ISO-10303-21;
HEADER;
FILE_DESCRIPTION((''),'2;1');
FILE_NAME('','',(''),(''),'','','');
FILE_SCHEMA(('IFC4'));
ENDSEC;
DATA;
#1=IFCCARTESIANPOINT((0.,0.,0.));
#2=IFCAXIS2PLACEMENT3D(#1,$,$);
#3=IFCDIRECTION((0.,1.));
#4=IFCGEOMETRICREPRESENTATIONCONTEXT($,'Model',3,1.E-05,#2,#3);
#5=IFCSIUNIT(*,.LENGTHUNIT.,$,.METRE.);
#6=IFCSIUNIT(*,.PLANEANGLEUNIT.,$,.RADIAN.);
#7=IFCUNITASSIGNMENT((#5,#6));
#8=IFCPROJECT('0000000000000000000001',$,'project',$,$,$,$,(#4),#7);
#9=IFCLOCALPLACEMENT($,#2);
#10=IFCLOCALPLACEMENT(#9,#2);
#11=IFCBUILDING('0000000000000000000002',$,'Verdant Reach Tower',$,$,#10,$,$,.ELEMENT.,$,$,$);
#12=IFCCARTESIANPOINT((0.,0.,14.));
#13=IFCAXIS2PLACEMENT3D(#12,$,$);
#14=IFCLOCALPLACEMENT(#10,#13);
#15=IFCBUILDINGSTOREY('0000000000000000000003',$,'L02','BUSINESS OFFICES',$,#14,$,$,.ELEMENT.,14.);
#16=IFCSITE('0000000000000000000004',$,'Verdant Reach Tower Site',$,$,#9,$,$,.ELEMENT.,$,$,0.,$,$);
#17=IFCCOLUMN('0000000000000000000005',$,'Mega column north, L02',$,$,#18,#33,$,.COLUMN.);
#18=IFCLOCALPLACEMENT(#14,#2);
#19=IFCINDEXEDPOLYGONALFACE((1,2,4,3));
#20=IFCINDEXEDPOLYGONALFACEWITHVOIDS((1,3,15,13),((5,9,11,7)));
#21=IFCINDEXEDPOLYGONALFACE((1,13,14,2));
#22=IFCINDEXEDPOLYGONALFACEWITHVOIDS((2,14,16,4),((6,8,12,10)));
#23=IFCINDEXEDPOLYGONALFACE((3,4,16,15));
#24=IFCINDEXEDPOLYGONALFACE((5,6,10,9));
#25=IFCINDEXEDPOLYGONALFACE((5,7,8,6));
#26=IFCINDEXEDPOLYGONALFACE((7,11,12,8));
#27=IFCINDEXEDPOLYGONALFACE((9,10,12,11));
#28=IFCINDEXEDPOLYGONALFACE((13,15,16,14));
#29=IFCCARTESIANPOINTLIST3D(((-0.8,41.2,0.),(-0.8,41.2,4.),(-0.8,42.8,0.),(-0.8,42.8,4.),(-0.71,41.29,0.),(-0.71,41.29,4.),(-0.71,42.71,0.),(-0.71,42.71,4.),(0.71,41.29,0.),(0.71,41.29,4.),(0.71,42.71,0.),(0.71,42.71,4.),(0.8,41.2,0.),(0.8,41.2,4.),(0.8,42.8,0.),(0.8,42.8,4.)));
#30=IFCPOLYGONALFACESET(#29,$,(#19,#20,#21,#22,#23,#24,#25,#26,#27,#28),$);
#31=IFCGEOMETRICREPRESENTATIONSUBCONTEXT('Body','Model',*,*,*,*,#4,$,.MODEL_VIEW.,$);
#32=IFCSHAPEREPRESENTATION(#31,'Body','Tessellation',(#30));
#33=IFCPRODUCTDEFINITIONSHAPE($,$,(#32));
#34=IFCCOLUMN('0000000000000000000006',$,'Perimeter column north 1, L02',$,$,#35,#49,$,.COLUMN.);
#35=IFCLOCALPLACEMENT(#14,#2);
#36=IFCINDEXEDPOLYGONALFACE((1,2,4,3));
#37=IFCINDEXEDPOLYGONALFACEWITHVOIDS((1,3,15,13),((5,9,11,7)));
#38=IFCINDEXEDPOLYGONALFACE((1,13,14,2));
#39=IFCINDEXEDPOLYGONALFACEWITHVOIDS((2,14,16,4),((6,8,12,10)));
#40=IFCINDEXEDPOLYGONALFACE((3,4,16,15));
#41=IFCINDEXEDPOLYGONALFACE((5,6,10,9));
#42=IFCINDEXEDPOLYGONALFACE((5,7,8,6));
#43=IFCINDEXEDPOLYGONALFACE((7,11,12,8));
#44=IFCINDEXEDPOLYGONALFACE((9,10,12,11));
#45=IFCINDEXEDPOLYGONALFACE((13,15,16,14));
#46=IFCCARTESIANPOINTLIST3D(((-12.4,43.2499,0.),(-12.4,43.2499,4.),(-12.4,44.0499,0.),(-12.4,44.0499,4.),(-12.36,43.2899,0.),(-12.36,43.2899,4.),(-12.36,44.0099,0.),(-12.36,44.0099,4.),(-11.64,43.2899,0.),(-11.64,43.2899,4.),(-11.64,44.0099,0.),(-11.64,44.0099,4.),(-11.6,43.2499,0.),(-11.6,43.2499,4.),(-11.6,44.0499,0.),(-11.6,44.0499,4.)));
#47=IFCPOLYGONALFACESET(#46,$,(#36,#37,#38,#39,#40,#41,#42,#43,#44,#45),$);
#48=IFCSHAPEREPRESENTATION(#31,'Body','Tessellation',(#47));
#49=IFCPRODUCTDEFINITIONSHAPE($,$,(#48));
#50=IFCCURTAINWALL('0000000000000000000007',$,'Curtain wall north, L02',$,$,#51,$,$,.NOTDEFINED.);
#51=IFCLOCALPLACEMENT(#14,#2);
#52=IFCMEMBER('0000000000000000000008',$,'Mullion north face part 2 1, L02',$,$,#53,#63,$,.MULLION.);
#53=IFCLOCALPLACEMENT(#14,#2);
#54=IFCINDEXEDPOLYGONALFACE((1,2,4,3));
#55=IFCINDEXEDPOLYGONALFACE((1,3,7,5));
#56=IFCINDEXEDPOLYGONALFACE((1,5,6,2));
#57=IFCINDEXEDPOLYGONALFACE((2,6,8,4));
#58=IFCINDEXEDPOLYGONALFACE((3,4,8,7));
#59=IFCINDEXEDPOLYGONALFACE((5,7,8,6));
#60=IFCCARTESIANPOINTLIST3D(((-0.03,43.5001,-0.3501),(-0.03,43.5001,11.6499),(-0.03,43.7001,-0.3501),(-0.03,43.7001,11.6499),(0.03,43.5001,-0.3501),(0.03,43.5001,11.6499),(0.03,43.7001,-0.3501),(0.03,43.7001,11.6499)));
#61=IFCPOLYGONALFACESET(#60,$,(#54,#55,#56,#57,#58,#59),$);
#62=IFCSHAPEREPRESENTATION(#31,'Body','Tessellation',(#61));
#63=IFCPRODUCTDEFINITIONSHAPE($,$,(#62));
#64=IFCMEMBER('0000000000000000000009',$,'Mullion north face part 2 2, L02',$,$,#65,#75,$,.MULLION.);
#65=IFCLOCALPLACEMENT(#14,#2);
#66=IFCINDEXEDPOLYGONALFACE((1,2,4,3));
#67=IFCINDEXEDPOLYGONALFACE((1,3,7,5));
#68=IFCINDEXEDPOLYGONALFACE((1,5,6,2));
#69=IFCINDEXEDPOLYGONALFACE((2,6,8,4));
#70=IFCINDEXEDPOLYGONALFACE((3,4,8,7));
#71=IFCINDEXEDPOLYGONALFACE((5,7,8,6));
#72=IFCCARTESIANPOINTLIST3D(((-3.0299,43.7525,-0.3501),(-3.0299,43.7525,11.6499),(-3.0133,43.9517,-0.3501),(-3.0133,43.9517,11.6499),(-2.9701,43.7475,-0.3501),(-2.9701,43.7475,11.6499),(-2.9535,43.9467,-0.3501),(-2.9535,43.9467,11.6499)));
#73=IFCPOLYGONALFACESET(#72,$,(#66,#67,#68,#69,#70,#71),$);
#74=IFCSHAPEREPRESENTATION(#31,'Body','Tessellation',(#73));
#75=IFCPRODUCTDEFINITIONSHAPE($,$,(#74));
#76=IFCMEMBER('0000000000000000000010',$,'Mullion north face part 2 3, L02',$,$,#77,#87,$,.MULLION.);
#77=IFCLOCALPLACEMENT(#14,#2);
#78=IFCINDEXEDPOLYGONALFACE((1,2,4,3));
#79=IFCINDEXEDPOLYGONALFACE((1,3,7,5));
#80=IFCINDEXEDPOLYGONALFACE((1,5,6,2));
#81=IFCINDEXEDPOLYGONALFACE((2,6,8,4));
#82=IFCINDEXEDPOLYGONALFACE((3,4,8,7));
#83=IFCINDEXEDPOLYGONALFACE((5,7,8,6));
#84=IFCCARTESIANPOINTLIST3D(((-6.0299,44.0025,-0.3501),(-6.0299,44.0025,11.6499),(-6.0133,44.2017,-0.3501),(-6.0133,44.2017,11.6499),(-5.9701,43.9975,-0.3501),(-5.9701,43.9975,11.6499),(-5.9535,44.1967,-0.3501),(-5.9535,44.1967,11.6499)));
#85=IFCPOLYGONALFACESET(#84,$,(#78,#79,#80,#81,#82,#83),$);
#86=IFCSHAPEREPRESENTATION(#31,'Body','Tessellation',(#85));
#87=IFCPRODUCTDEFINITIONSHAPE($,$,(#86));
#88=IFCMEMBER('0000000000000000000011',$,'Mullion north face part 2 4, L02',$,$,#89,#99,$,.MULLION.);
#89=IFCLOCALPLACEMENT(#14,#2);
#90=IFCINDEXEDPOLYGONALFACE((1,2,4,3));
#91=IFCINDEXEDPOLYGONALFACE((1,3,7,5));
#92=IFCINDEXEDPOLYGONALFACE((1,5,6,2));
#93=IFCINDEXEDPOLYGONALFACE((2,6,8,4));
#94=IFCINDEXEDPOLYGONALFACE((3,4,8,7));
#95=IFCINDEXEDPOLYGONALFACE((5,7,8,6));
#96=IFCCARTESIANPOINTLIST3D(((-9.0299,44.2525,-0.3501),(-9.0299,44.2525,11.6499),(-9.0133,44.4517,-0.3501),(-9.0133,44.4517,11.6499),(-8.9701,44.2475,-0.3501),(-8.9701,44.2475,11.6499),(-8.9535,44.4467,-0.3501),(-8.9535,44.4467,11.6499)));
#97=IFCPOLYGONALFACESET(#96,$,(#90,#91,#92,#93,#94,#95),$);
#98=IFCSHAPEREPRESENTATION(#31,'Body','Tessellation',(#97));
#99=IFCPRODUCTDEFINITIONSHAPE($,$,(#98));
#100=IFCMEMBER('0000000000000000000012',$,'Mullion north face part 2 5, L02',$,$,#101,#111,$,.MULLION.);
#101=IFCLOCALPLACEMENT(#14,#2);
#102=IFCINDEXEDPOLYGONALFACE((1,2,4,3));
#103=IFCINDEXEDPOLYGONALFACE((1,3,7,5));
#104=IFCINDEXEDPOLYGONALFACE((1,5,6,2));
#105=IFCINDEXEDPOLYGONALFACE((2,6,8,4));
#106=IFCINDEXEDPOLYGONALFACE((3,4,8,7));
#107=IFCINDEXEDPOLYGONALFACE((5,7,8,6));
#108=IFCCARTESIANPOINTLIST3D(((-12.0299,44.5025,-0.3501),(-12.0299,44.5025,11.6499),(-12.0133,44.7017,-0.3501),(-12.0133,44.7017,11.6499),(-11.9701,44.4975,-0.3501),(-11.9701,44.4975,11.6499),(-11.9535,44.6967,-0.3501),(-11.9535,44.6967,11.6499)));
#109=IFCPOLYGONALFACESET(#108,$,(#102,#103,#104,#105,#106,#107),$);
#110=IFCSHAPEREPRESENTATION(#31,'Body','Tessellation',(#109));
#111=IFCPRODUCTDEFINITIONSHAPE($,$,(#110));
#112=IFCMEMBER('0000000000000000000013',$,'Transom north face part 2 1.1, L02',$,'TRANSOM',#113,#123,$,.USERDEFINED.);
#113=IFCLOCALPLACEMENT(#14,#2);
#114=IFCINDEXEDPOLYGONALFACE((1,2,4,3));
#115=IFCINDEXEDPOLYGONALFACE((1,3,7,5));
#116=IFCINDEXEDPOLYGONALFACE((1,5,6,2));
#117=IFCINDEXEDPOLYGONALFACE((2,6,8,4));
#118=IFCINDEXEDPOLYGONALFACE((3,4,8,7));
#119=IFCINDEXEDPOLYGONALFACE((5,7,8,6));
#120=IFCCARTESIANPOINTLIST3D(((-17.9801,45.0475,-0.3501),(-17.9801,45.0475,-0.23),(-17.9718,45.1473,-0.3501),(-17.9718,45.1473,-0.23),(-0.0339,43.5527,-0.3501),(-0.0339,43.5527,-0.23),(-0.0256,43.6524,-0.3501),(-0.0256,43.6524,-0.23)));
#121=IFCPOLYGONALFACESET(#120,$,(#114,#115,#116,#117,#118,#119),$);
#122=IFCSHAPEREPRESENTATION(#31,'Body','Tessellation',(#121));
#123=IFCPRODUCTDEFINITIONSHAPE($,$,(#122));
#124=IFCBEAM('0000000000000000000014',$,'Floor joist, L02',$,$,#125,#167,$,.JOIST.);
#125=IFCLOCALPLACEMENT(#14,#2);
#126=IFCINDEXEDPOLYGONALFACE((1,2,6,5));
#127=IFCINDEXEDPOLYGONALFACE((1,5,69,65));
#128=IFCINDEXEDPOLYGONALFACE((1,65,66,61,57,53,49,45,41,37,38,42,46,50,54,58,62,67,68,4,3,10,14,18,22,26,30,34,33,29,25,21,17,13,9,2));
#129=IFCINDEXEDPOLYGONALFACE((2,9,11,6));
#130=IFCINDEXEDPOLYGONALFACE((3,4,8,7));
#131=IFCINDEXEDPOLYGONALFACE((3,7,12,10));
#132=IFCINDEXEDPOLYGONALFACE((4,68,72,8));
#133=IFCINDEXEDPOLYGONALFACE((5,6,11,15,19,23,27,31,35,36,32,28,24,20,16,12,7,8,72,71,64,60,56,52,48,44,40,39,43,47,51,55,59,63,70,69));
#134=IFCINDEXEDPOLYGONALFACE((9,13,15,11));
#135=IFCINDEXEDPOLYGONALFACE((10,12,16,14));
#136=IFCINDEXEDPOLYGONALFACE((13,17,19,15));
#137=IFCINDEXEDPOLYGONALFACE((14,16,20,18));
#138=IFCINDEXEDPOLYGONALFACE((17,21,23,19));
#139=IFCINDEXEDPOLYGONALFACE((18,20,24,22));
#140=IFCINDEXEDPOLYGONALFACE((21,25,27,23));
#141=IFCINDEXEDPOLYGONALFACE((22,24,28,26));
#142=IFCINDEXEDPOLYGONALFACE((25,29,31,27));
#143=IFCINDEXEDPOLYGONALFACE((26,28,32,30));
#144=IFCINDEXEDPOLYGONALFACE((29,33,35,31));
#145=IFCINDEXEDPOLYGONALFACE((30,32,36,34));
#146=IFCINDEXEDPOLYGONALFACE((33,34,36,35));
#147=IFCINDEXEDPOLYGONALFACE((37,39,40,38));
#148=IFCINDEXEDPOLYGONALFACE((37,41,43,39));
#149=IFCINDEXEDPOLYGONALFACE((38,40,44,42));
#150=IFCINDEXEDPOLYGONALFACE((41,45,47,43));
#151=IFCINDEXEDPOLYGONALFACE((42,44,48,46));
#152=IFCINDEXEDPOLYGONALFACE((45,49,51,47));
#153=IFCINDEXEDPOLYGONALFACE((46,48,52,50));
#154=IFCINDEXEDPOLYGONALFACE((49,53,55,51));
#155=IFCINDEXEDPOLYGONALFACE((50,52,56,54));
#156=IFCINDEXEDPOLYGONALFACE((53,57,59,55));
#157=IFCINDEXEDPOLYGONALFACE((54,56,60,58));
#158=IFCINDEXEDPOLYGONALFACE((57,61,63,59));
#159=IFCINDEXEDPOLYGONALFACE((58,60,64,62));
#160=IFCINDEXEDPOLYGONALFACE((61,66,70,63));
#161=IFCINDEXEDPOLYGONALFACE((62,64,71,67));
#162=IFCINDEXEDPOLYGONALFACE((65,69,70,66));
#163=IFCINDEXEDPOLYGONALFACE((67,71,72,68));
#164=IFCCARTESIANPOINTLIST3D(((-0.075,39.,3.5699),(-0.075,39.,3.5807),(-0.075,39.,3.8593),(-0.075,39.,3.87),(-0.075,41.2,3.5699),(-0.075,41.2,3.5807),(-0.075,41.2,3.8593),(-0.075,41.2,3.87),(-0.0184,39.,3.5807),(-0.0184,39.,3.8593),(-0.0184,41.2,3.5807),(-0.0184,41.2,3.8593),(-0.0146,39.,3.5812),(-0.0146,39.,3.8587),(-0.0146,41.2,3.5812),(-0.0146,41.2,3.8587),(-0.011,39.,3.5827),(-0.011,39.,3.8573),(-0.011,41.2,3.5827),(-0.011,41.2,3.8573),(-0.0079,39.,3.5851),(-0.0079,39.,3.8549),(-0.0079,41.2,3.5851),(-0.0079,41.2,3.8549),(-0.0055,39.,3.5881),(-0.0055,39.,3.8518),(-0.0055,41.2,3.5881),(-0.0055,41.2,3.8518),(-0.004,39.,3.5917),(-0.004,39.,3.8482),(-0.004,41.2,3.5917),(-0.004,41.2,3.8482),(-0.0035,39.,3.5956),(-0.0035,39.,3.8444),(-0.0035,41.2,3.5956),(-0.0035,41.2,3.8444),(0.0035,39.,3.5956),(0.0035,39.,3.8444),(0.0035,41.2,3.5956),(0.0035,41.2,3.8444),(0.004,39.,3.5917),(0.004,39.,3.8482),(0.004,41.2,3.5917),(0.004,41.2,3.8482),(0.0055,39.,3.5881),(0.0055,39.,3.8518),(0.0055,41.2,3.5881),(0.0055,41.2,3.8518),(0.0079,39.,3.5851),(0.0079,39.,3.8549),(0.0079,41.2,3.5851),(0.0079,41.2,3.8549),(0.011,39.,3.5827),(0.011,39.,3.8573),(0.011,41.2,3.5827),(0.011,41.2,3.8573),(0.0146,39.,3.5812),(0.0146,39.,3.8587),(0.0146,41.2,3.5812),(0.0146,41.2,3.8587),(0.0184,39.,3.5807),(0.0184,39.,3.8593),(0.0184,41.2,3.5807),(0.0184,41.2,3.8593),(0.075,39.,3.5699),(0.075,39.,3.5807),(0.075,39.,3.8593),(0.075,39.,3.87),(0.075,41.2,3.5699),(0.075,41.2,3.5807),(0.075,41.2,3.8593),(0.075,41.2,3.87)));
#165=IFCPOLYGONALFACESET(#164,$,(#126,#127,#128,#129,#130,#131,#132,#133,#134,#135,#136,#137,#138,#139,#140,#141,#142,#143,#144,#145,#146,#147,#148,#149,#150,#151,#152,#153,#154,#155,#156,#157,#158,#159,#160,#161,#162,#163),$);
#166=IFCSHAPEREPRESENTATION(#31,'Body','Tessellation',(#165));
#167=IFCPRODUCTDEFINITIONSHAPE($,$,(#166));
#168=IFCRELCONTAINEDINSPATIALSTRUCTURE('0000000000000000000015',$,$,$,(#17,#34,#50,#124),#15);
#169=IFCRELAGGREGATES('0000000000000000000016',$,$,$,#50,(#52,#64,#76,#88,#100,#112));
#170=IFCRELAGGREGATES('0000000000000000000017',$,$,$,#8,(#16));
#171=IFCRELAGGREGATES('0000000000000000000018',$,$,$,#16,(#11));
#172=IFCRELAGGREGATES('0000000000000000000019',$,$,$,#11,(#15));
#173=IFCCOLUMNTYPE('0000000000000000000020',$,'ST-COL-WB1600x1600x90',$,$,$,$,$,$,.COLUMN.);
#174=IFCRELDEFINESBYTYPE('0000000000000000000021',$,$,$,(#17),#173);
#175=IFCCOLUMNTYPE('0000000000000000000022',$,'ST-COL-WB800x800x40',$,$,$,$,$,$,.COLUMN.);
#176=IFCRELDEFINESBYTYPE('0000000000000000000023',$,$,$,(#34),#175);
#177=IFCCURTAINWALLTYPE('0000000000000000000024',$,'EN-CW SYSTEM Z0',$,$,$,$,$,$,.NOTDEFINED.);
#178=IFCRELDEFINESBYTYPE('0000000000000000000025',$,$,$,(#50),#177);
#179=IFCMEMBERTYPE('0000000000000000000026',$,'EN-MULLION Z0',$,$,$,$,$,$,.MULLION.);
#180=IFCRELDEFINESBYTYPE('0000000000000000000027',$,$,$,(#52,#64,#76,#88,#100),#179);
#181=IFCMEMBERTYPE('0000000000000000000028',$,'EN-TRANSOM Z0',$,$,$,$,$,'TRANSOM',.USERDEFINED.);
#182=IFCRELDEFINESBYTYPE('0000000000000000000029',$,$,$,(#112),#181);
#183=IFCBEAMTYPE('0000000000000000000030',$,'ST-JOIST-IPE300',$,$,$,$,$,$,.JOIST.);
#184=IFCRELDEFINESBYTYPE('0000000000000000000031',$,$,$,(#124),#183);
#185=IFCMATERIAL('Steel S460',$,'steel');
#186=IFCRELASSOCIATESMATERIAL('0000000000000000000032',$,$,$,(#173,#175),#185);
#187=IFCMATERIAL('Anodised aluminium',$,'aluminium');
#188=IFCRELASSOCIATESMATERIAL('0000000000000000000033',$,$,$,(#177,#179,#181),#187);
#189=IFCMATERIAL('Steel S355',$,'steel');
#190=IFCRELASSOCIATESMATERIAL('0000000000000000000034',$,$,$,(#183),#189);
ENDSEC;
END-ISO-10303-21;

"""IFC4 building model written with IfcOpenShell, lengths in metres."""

from ifc_helpers import new_model, si_unit, direction, frame, origin, origin_2d, place, context, subcontext, project, spatial, rectangle, hollow_rectangle, i_section, extrude, material, material_profile, profile_set, type_object, element, aggregate, save


model = new_model("IFC4")

# Units and contexts
model_context = context("Model", 3, precision=1e-05, world=origin(), true_north=direction((0.0, 1.0)))
body_context = subcontext(model_context, "Body", "Model", "MODEL_VIEW")
ifc_project = project(units=[si_unit("LENGTHUNIT", "METRE"), si_unit("PLANEANGLEUNIT", "RADIAN")], contexts=[model_context])

# Site, building, storey
site_placement = place(None, origin())
site = spatial("IfcSite", under=ifc_project, at=site_placement, Name="Verdant Reach Tower Site", CompositionType="ELEMENT", RefElevation=0.0)
building_placement = place(site_placement, origin())
building = spatial("IfcBuilding", under=site, at=building_placement, Name="Verdant Reach Tower", CompositionType="ELEMENT")
storey_placement = place(building_placement, frame((0.0, 0.0, 14.0)))
storey = spatial("IfcBuildingStorey", under=building, at=storey_placement, Name="L02", Description="BUSINESS OFFICES", CompositionType="ELEMENT", Elevation=14.0)

# Columns
ifc_material_1 = material(Name="Steel S460", Category="steel")
ifc_material_profile_1 = material_profile(ifc_material_1, hollow_rectangle(XDim=1.6001, YDim=1.6001, WallThickness=0.0901, at=origin_2d()), Name="WB 1600x1600x90")
ifc_profile_set_1 = profile_set([ifc_material_profile_1], Name="Steel S460")
column_type_1 = type_object("IfcColumnType", Name="ST-COL-WB1600x1600x90", PredefinedType="COLUMN", material=ifc_profile_set_1)
column_1_placement = place(storey_placement, frame((0.0, 42.0, 0.0), z_axis=(0.0, 0.0, 1.0), x_axis=(1.0, 0.0, 0.0)))
element("IfcColumn", 1, at=column_1_placement, inside=storey, type_object=column_type_1, Name="Mega column north, L02", PredefinedType="COLUMN", context=body_context, shape_type="SweptSolid", body=[
    extrude(hollow_rectangle(XDim=1.6001, YDim=1.6001, WallThickness=0.0901, at=origin_2d()), origin(), (0.0, 0.0, 1.0), 4.0),
])
ifc_material_profile_2 = material_profile(ifc_material_1, hollow_rectangle(XDim=0.8, YDim=0.8, WallThickness=0.04, at=origin_2d()), Name="WB 800x800x40")
ifc_profile_set_2 = profile_set([ifc_material_profile_2], Name="Steel S460")
column_type_2 = type_object("IfcColumnType", Name="ST-COL-WB800x800x40", PredefinedType="COLUMN", material=ifc_profile_set_2)
column_2_placement = place(storey_placement, frame((-12.0, 43.6499, 0.0), z_axis=(0.0, 0.0, 1.0), x_axis=(1.0, 0.0, 0.0)))
element("IfcColumn", 2, at=column_2_placement, inside=storey, type_object=column_type_2, Name="Perimeter column north 1, L02", PredefinedType="COLUMN", context=body_context, shape_type="SweptSolid", body=[
    extrude(hollow_rectangle(XDim=0.8, YDim=0.8, WallThickness=0.04, at=origin_2d()), origin(), (0.0, 0.0, 1.0), 4.0),
])

# Curtain wall, members
ifc_material_2 = material(Name="Anodised aluminium", Category="aluminium")
curtain_wall_type = type_object("IfcCurtainWallType", Name="EN-CW SYSTEM Z0", PredefinedType="NOTDEFINED", material=ifc_material_2)
curtain_wall_placement = place(storey_placement, origin())
curtain_wall = element("IfcCurtainWall", 3, at=curtain_wall_placement, inside=storey, type_object=curtain_wall_type, Name="Curtain wall north, L02", PredefinedType="NOTDEFINED")
ifc_material_profile_3 = material_profile(ifc_material_2, rectangle(XDim=0.2, YDim=0.0601, at=origin_2d()), Name="Mullion 60x200")
ifc_profile_set_3 = profile_set([ifc_material_profile_3], Name="Anodised aluminium")
member_type_1 = type_object("IfcMemberType", Name="EN-MULLION Z0", PredefinedType="MULLION", material=ifc_profile_set_3)
member_1_placement = place(storey_placement, frame((0.0, 43.6001, -0.3501), z_axis=(0.0, 0.0, 1.0), x_axis=(0.0, 1.0, 0.0)))
member_1 = element("IfcMember", 4, at=member_1_placement, type_object=member_type_1, Name="Mullion north face part 2 1, L02", PredefinedType="MULLION", context=body_context, shape_type="SweptSolid", body=[
    extrude(rectangle(XDim=0.2, YDim=0.0601, at=origin_2d()), origin(), (0.0, 0.0, 1.0), 12.0),
])
member_2_placement = place(storey_placement, frame((-2.9917, 43.8496, -0.3501), z_axis=(0.0, 0.0, 1.0), x_axis=(0.083045, 0.996546, 0.0)))
member_2 = element("IfcMember", 5, at=member_2_placement, type_object=member_type_1, Name="Mullion north face part 2 2, L02", PredefinedType="MULLION", context=body_context, shape_type="SweptSolid", body=[
    extrude(rectangle(XDim=0.2, YDim=0.0601, at=origin_2d()), origin(), (0.0, 0.0, 1.0), 12.0),
])
member_3_placement = place(storey_placement, frame((-5.9917, 44.0996, -0.3501), z_axis=(0.0, 0.0, 1.0), x_axis=(0.083045, 0.996546, 0.0)))
member_3 = element("IfcMember", 6, at=member_3_placement, type_object=member_type_1, Name="Mullion north face part 2 3, L02", PredefinedType="MULLION", context=body_context, shape_type="SweptSolid", body=[
    extrude(rectangle(XDim=0.2, YDim=0.0601, at=origin_2d()), origin(), (0.0, 0.0, 1.0), 12.0),
])
member_4_placement = place(storey_placement, frame((-8.9917, 44.3496, -0.3501), z_axis=(0.0, 0.0, 1.0), x_axis=(0.083045, 0.996546, 0.0)))
member_4 = element("IfcMember", 7, at=member_4_placement, type_object=member_type_1, Name="Mullion north face part 2 4, L02", PredefinedType="MULLION", context=body_context, shape_type="SweptSolid", body=[
    extrude(rectangle(XDim=0.2, YDim=0.0601, at=origin_2d()), origin(), (0.0, 0.0, 1.0), 12.0),
])
member_5_placement = place(storey_placement, frame((-11.9917, 44.5996, -0.3501), z_axis=(0.0, 0.0, 1.0), x_axis=(0.083045, 0.996546, 0.0)))
member_5 = element("IfcMember", 8, at=member_5_placement, type_object=member_type_1, Name="Mullion north face part 2 5, L02", PredefinedType="MULLION", context=body_context, shape_type="SweptSolid", body=[
    extrude(rectangle(XDim=0.2, YDim=0.0601, at=origin_2d()), origin(), (0.0, 0.0, 1.0), 12.0),
])
ifc_material_profile_4 = material_profile(ifc_material_2, rectangle(XDim=0.1001, YDim=0.1201, at=origin_2d()), Name="Transom 120x100")
ifc_profile_set_4 = profile_set([ifc_material_profile_4], Name="Anodised aluminium")
member_type_2 = type_object("IfcMemberType", Name="EN-TRANSOM Z0", ElementType="TRANSOM", PredefinedType="USERDEFINED", material=ifc_profile_set_4)
member_6_placement = place(storey_placement, frame((-0.0298, 43.6025, -0.29), z_axis=(-0.996549, 0.083011, 0.0), x_axis=(-0.083011, -0.996549, 0.0)))
member_6 = element("IfcMember", 9, at=member_6_placement, type_object=member_type_2, Name="Transom north face part 2 1.1, L02", ObjectType="TRANSOM", PredefinedType="USERDEFINED", context=body_context, shape_type="SweptSolid", body=[
    extrude(rectangle(XDim=0.1001, YDim=0.1201, at=origin_2d()), origin(), (0.0, 0.0, 1.0), 18.0083),
])

# Beam
ifc_material_3 = material(Name="Steel S355", Category="steel")
ifc_material_profile_5 = material_profile(ifc_material_3, i_section(OverallWidth=0.1499, OverallDepth=0.3, WebThickness=0.0071, FlangeThickness=0.0107, FilletRadius=0.0149, at=origin_2d()), Name="IPE 300")
ifc_profile_set_5 = profile_set([ifc_material_profile_5], Name="Steel S355")
beam_type_1 = type_object("IfcBeamType", Name="ST-JOIST-IPE300", PredefinedType="JOIST", material=ifc_profile_set_5)
beam_1_placement = place(storey_placement, frame((0.0, 39.0, 3.72), z_axis=(0.0, 1.0, 0.0), x_axis=(-1.0, 0.0, 0.0)))
element("IfcBeam", 10, at=beam_1_placement, inside=storey, type_object=beam_type_1, Name="Floor joist, L02", PredefinedType="JOIST", context=body_context, shape_type="SweptSolid", body=[
    extrude(i_section(OverallWidth=0.1499, OverallDepth=0.3, WebThickness=0.0071, FlangeThickness=0.0107, FilletRadius=0.0149, at=origin_2d()), origin(), (0.0, 0.0, 1.0), 2.2),
])

aggregate(curtain_wall, [member_1, member_2, member_3, member_4, member_5, member_6])

save(model, "model.ifc")
